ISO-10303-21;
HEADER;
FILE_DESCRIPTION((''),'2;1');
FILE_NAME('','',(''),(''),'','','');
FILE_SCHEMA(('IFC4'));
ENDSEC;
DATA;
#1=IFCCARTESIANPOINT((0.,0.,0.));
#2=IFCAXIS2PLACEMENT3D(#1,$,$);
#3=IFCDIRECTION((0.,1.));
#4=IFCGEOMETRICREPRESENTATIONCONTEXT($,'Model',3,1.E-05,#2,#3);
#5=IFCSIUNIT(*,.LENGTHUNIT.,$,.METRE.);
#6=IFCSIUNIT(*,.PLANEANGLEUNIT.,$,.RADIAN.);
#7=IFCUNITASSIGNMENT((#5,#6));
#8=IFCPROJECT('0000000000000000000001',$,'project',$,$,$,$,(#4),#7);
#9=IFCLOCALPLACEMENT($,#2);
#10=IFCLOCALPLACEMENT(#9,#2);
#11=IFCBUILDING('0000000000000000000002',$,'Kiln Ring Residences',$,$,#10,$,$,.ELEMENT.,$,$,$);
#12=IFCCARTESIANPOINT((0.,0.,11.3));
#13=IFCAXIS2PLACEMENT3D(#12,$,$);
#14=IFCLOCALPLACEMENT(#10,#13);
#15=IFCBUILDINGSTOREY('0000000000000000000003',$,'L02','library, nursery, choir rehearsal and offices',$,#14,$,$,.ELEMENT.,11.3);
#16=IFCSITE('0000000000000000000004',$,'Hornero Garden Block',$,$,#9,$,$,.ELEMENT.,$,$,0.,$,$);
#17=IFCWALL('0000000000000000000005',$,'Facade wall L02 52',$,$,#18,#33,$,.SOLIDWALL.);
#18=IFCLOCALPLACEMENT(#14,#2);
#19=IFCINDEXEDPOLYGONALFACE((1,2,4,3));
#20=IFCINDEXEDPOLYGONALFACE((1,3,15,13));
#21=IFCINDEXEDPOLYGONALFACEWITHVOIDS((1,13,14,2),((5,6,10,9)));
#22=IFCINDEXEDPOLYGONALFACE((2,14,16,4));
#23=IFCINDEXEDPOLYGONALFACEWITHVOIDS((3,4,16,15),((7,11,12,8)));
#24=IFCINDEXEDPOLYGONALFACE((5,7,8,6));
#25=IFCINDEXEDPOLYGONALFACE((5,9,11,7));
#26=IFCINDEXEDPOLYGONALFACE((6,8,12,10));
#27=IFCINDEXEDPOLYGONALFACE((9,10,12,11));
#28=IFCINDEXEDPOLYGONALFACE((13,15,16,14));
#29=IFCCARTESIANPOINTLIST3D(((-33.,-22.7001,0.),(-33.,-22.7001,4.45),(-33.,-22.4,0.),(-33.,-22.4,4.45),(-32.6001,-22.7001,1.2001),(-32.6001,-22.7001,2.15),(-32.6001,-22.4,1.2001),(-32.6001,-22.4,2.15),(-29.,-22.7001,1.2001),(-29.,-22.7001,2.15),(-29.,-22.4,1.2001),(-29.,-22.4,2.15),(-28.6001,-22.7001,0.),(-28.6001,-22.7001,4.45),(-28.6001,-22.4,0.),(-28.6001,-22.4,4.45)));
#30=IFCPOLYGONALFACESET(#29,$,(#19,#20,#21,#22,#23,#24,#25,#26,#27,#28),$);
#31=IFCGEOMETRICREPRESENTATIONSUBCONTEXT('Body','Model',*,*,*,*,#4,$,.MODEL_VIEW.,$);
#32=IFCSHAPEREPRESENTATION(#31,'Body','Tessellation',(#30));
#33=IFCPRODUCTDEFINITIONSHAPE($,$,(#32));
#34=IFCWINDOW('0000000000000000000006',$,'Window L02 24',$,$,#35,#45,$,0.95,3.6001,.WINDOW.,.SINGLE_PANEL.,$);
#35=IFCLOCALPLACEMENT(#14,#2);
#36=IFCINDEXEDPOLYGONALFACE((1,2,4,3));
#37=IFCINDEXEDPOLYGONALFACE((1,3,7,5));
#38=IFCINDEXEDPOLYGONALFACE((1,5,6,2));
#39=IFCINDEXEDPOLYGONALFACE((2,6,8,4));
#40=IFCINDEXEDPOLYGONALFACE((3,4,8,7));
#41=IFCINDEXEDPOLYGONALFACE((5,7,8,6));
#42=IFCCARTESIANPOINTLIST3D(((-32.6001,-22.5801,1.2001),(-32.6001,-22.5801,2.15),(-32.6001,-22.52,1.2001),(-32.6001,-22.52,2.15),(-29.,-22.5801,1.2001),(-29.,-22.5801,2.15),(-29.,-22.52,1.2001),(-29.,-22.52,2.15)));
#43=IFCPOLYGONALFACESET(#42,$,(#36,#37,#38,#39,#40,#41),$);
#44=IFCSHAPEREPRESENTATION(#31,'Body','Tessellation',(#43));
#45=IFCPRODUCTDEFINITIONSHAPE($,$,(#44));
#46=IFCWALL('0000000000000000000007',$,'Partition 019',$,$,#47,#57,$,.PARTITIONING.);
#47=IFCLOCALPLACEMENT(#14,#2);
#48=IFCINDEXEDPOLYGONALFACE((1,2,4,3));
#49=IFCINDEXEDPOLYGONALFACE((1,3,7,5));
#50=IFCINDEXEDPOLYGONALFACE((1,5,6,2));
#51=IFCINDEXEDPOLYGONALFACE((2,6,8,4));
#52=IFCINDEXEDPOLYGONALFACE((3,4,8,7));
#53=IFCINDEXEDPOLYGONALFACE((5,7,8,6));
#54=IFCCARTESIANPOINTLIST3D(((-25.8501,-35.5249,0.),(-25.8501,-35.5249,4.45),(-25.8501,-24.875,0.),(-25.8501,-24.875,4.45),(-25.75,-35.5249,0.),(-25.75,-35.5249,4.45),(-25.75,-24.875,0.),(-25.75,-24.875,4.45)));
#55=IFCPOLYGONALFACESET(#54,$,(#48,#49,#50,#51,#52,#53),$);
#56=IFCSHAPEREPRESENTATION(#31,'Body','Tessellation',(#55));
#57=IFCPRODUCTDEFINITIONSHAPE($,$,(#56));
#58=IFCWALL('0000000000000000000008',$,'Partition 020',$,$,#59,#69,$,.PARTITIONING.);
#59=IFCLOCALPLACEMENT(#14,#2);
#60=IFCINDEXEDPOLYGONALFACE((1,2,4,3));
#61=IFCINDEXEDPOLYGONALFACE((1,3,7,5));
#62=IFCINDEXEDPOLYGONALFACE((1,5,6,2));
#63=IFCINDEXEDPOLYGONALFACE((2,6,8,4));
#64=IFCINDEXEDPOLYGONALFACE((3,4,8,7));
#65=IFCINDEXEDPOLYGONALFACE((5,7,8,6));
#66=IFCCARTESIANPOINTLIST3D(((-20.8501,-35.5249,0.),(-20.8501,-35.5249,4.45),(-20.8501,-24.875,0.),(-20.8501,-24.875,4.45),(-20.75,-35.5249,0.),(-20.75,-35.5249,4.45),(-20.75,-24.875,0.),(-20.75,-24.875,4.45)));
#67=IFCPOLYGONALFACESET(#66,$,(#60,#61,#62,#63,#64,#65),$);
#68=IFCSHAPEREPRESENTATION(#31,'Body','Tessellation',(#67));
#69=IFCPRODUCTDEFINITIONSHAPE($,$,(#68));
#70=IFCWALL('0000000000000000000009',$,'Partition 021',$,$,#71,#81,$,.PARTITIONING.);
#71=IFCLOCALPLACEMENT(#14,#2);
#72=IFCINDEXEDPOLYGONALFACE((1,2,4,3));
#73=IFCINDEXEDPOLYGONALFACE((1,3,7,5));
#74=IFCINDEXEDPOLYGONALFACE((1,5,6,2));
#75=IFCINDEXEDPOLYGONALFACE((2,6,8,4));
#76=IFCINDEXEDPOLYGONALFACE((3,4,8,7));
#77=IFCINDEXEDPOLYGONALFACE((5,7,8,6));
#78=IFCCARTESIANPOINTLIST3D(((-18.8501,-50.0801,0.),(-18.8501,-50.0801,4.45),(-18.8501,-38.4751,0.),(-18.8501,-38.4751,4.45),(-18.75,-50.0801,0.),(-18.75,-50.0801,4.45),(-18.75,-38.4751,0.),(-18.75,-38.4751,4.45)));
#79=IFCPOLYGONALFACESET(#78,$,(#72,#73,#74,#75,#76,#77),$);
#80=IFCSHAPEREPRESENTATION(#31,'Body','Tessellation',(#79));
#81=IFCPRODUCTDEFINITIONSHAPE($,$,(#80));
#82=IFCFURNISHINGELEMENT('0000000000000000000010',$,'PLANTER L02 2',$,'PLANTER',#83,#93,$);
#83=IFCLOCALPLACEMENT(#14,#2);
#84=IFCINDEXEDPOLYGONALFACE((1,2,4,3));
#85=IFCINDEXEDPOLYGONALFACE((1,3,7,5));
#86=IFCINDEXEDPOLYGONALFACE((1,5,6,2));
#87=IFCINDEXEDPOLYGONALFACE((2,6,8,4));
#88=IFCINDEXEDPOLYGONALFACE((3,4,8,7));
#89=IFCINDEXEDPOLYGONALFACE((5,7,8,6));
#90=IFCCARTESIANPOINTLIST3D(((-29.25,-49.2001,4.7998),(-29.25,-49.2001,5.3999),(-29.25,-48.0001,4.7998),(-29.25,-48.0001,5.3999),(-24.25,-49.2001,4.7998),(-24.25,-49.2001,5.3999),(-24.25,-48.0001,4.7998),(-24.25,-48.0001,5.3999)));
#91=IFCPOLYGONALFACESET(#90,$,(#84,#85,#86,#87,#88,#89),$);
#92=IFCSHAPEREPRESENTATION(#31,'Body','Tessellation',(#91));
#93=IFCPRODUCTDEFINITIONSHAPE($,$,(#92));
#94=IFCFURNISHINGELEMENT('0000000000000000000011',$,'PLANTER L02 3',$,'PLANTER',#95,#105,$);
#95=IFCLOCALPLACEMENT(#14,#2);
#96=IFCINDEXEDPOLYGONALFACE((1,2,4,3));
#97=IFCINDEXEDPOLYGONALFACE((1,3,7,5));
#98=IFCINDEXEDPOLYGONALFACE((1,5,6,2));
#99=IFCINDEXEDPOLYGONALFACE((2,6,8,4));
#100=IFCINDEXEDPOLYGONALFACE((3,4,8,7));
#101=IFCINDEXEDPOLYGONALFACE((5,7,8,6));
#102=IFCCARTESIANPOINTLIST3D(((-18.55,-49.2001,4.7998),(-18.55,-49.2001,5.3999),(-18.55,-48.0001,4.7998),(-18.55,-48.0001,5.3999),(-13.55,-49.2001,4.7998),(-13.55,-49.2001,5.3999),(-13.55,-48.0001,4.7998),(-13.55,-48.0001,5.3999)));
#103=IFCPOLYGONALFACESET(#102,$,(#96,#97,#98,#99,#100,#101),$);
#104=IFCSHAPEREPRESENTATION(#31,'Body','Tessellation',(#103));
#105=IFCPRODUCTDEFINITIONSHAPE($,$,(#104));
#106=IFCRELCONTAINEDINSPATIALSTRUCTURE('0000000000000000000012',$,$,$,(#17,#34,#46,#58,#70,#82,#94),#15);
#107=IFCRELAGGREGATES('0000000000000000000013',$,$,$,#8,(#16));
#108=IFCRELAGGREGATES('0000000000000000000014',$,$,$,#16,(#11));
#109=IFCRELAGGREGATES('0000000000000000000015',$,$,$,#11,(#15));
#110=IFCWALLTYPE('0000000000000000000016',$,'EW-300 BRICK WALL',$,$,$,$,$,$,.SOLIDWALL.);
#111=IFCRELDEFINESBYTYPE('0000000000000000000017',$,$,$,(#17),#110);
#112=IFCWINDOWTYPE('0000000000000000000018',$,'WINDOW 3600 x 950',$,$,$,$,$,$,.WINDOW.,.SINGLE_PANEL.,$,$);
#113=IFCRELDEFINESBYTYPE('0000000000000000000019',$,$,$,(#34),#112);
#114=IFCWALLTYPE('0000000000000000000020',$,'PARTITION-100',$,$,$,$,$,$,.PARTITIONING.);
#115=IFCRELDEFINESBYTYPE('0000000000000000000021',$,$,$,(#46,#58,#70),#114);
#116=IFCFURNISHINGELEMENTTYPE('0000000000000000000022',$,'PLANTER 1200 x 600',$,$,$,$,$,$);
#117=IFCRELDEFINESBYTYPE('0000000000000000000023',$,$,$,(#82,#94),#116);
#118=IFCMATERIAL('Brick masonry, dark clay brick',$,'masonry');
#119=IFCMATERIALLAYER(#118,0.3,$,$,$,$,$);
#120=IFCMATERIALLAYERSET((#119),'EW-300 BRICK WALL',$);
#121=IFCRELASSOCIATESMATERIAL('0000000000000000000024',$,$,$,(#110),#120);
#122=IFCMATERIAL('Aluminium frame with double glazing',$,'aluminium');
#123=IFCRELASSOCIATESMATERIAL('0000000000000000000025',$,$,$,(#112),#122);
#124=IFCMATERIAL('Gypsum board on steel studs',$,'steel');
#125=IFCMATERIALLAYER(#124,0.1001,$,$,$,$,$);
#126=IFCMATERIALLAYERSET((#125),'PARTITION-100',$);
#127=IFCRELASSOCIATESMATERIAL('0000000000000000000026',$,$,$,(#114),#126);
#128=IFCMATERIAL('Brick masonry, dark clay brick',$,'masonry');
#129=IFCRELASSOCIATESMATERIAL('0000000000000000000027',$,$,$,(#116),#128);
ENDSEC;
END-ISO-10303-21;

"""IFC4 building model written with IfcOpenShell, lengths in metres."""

from ifc_helpers import new_model, si_unit, direction, frame, frame_2d, origin, origin_2d, place, context, subcontext, project, spatial, rectangle, extrude, material, layer, layer_set, type_object, element, fill, save


model = new_model("IFC4")

# Units and contexts
model_context = context("Model", 3, precision=1e-05, world=origin(), true_north=direction((0.0, 1.0)))
body_context = subcontext(model_context, "Body", "Model", "MODEL_VIEW")
ifc_project = project(units=[si_unit("LENGTHUNIT", "METRE"), si_unit("PLANEANGLEUNIT", "RADIAN")], contexts=[model_context])

# Site, building, storey
site_placement = place(None, origin())
site = spatial("IfcSite", under=ifc_project, at=site_placement, Name="Hornero Garden Block", CompositionType="ELEMENT", RefElevation=0.0)
building_placement = place(site_placement, origin())
building = spatial("IfcBuilding", under=site, at=building_placement, Name="Kiln Ring Residences", CompositionType="ELEMENT")
storey_placement = place(building_placement, frame((0.0, 0.0, 11.3)))
storey = spatial("IfcBuildingStorey", under=building, at=storey_placement, Name="L02", Description="library, nursery, choir rehearsal and offices", CompositionType="ELEMENT", Elevation=11.3)

# Wall, opening, window
ifc_material_1 = material(Name="Brick masonry, dark clay brick", Category="masonry")
ifc_layer_1 = layer(ifc_material_1, 0.3)
ifc_layer_set_1 = layer_set([ifc_layer_1], Name="EW-300 BRICK WALL")
wall_type_1 = type_object("IfcWallType", Name="EW-300 BRICK WALL", PredefinedType="SOLIDWALL", material=ifc_layer_set_1)
wall_1_placement = place(storey_placement, frame((-28.6001, -22.55, 0.0), z_axis=(0.0, 0.0, 1.0), x_axis=(-1.0, 0.0, 0.0)))
wall_1 = element("IfcWall", 1, at=wall_1_placement, inside=storey, type_object=wall_type_1, Name="Facade wall L02 52", PredefinedType="SOLIDWALL", context=body_context, shape_type="SweptSolid", body=[
    extrude(rectangle(XDim=4.3999, YDim=0.3, at=frame_2d((2.2, 0.0))), origin(), (0.0, 0.0, 1.0), 4.45),
])
opening_1_placement = place(wall_1_placement, frame((0.3999, 0.0, 1.2)))
opening_1 = element("IfcOpeningElement", 2, at=opening_1_placement, cuts=wall_1, PredefinedType="OPENING", context=body_context, shape_type="SweptSolid", body=[
    extrude(rectangle(XDim=3.6001, YDim=0.95, at=frame_2d((1.8, 0.4751))), frame((0.0, 0.1599, 0.0), z_axis=(0.0, -1.0, 0.0), x_axis=(1.0, 0.0, 0.0)), (0.0, 0.0, 1.0), 0.3201),
])
ifc_material_2 = material(Name="Aluminium frame with double glazing", Category="aluminium")
window_type_1 = type_object("IfcWindowType", Name="WINDOW 3600 x 950", PartitioningType="SINGLE_PANEL", PredefinedType="WINDOW", material=ifc_material_2)
window_1_placement = place(opening_1_placement, origin())
window_1 = element("IfcWindow", 3, at=window_1_placement, inside=storey, type_object=window_type_1, Name="Window L02 24", OverallHeight=0.95, OverallWidth=3.6001, PartitioningType="SINGLE_PANEL", PredefinedType="WINDOW", context=body_context, shape_type="SweptSolid", body=[
    extrude(rectangle(XDim=3.6001, YDim=0.95, at=frame_2d((1.8, 0.4751))), frame((0.0, 0.03, 0.0), z_axis=(0.0, -1.0, 0.0), x_axis=(1.0, 0.0, 0.0)), (0.0, 0.0, 1.0), 0.0601),
])
fill(opening_1, window_1)

# Walls
ifc_material_3 = material(Name="Gypsum board on steel studs", Category="steel")
ifc_layer_2 = layer(ifc_material_3, 0.1001)
ifc_layer_set_2 = layer_set([ifc_layer_2], Name="PARTITION-100")
wall_type_2 = type_object("IfcWallType", Name="PARTITION-100", PredefinedType="PARTITIONING", material=ifc_layer_set_2)
for number, where, z_axis, x_axis, name in (
    (4, (-25.8, -35.5249, 0.0), (0.0, 0.0, 1.0), (0.0, 1.0, 0.0), "Partition 019"),
    (5, (-20.8, -35.5249, 0.0), (0.0, 0.0, 1.0), (0.0, 1.0, 0.0), "Partition 020"),
):
    element("IfcWall", number, at=place(storey_placement, frame(where, z_axis=z_axis, x_axis=x_axis)), inside=storey, type_object=wall_type_2, Name=name, PredefinedType="PARTITIONING", context=body_context, shape_type="SweptSolid", body=[
        extrude(rectangle(XDim=10.6499, YDim=0.1001, at=frame_2d((5.325, 0.0))), origin(), (0.0, 0.0, 1.0), 4.45),
    ])
wall_2_placement = place(storey_placement, frame((-18.8, -50.0801, 0.0), z_axis=(0.0, 0.0, 1.0), x_axis=(0.0, 1.0, 0.0)))
element("IfcWall", 6, at=wall_2_placement, inside=storey, type_object=wall_type_2, Name="Partition 021", PredefinedType="PARTITIONING", context=body_context, shape_type="SweptSolid", body=[
    extrude(rectangle(XDim=11.605, YDim=0.1001, at=frame_2d((5.8025, 0.0))), origin(), (0.0, 0.0, 1.0), 4.45),
])

# Furnishing elements
ifc_material_4 = material(Name="Brick masonry, dark clay brick", Category="masonry")
furnishing_element_type = type_object("IfcFurnishingElementType", Name="PLANTER 1200 x 600", material=ifc_material_4)
for number, where, z_axis, x_axis, name in (
    (7, (-26.75, -48.6001, 4.7998), (0.0, 0.0, 1.0), (1.0, 0.0, 0.0), "PLANTER L02 2"),
    (8, (-16.05, -48.6001, 4.7998), (0.0, 0.0, 1.0), (1.0, 0.0, 0.0), "PLANTER L02 3"),
):
    element("IfcFurnishingElement", number, at=place(storey_placement, frame(where, z_axis=z_axis, x_axis=x_axis)), inside=storey, type_object=furnishing_element_type, Name=name, ObjectType="PLANTER", context=body_context, shape_type="SweptSolid", body=[
        extrude(rectangle(XDim=5.0, YDim=1.2, at=origin_2d()), origin(), (0.0, 0.0, 1.0), 0.6001),
    ])

save(model, "model.ifc")
